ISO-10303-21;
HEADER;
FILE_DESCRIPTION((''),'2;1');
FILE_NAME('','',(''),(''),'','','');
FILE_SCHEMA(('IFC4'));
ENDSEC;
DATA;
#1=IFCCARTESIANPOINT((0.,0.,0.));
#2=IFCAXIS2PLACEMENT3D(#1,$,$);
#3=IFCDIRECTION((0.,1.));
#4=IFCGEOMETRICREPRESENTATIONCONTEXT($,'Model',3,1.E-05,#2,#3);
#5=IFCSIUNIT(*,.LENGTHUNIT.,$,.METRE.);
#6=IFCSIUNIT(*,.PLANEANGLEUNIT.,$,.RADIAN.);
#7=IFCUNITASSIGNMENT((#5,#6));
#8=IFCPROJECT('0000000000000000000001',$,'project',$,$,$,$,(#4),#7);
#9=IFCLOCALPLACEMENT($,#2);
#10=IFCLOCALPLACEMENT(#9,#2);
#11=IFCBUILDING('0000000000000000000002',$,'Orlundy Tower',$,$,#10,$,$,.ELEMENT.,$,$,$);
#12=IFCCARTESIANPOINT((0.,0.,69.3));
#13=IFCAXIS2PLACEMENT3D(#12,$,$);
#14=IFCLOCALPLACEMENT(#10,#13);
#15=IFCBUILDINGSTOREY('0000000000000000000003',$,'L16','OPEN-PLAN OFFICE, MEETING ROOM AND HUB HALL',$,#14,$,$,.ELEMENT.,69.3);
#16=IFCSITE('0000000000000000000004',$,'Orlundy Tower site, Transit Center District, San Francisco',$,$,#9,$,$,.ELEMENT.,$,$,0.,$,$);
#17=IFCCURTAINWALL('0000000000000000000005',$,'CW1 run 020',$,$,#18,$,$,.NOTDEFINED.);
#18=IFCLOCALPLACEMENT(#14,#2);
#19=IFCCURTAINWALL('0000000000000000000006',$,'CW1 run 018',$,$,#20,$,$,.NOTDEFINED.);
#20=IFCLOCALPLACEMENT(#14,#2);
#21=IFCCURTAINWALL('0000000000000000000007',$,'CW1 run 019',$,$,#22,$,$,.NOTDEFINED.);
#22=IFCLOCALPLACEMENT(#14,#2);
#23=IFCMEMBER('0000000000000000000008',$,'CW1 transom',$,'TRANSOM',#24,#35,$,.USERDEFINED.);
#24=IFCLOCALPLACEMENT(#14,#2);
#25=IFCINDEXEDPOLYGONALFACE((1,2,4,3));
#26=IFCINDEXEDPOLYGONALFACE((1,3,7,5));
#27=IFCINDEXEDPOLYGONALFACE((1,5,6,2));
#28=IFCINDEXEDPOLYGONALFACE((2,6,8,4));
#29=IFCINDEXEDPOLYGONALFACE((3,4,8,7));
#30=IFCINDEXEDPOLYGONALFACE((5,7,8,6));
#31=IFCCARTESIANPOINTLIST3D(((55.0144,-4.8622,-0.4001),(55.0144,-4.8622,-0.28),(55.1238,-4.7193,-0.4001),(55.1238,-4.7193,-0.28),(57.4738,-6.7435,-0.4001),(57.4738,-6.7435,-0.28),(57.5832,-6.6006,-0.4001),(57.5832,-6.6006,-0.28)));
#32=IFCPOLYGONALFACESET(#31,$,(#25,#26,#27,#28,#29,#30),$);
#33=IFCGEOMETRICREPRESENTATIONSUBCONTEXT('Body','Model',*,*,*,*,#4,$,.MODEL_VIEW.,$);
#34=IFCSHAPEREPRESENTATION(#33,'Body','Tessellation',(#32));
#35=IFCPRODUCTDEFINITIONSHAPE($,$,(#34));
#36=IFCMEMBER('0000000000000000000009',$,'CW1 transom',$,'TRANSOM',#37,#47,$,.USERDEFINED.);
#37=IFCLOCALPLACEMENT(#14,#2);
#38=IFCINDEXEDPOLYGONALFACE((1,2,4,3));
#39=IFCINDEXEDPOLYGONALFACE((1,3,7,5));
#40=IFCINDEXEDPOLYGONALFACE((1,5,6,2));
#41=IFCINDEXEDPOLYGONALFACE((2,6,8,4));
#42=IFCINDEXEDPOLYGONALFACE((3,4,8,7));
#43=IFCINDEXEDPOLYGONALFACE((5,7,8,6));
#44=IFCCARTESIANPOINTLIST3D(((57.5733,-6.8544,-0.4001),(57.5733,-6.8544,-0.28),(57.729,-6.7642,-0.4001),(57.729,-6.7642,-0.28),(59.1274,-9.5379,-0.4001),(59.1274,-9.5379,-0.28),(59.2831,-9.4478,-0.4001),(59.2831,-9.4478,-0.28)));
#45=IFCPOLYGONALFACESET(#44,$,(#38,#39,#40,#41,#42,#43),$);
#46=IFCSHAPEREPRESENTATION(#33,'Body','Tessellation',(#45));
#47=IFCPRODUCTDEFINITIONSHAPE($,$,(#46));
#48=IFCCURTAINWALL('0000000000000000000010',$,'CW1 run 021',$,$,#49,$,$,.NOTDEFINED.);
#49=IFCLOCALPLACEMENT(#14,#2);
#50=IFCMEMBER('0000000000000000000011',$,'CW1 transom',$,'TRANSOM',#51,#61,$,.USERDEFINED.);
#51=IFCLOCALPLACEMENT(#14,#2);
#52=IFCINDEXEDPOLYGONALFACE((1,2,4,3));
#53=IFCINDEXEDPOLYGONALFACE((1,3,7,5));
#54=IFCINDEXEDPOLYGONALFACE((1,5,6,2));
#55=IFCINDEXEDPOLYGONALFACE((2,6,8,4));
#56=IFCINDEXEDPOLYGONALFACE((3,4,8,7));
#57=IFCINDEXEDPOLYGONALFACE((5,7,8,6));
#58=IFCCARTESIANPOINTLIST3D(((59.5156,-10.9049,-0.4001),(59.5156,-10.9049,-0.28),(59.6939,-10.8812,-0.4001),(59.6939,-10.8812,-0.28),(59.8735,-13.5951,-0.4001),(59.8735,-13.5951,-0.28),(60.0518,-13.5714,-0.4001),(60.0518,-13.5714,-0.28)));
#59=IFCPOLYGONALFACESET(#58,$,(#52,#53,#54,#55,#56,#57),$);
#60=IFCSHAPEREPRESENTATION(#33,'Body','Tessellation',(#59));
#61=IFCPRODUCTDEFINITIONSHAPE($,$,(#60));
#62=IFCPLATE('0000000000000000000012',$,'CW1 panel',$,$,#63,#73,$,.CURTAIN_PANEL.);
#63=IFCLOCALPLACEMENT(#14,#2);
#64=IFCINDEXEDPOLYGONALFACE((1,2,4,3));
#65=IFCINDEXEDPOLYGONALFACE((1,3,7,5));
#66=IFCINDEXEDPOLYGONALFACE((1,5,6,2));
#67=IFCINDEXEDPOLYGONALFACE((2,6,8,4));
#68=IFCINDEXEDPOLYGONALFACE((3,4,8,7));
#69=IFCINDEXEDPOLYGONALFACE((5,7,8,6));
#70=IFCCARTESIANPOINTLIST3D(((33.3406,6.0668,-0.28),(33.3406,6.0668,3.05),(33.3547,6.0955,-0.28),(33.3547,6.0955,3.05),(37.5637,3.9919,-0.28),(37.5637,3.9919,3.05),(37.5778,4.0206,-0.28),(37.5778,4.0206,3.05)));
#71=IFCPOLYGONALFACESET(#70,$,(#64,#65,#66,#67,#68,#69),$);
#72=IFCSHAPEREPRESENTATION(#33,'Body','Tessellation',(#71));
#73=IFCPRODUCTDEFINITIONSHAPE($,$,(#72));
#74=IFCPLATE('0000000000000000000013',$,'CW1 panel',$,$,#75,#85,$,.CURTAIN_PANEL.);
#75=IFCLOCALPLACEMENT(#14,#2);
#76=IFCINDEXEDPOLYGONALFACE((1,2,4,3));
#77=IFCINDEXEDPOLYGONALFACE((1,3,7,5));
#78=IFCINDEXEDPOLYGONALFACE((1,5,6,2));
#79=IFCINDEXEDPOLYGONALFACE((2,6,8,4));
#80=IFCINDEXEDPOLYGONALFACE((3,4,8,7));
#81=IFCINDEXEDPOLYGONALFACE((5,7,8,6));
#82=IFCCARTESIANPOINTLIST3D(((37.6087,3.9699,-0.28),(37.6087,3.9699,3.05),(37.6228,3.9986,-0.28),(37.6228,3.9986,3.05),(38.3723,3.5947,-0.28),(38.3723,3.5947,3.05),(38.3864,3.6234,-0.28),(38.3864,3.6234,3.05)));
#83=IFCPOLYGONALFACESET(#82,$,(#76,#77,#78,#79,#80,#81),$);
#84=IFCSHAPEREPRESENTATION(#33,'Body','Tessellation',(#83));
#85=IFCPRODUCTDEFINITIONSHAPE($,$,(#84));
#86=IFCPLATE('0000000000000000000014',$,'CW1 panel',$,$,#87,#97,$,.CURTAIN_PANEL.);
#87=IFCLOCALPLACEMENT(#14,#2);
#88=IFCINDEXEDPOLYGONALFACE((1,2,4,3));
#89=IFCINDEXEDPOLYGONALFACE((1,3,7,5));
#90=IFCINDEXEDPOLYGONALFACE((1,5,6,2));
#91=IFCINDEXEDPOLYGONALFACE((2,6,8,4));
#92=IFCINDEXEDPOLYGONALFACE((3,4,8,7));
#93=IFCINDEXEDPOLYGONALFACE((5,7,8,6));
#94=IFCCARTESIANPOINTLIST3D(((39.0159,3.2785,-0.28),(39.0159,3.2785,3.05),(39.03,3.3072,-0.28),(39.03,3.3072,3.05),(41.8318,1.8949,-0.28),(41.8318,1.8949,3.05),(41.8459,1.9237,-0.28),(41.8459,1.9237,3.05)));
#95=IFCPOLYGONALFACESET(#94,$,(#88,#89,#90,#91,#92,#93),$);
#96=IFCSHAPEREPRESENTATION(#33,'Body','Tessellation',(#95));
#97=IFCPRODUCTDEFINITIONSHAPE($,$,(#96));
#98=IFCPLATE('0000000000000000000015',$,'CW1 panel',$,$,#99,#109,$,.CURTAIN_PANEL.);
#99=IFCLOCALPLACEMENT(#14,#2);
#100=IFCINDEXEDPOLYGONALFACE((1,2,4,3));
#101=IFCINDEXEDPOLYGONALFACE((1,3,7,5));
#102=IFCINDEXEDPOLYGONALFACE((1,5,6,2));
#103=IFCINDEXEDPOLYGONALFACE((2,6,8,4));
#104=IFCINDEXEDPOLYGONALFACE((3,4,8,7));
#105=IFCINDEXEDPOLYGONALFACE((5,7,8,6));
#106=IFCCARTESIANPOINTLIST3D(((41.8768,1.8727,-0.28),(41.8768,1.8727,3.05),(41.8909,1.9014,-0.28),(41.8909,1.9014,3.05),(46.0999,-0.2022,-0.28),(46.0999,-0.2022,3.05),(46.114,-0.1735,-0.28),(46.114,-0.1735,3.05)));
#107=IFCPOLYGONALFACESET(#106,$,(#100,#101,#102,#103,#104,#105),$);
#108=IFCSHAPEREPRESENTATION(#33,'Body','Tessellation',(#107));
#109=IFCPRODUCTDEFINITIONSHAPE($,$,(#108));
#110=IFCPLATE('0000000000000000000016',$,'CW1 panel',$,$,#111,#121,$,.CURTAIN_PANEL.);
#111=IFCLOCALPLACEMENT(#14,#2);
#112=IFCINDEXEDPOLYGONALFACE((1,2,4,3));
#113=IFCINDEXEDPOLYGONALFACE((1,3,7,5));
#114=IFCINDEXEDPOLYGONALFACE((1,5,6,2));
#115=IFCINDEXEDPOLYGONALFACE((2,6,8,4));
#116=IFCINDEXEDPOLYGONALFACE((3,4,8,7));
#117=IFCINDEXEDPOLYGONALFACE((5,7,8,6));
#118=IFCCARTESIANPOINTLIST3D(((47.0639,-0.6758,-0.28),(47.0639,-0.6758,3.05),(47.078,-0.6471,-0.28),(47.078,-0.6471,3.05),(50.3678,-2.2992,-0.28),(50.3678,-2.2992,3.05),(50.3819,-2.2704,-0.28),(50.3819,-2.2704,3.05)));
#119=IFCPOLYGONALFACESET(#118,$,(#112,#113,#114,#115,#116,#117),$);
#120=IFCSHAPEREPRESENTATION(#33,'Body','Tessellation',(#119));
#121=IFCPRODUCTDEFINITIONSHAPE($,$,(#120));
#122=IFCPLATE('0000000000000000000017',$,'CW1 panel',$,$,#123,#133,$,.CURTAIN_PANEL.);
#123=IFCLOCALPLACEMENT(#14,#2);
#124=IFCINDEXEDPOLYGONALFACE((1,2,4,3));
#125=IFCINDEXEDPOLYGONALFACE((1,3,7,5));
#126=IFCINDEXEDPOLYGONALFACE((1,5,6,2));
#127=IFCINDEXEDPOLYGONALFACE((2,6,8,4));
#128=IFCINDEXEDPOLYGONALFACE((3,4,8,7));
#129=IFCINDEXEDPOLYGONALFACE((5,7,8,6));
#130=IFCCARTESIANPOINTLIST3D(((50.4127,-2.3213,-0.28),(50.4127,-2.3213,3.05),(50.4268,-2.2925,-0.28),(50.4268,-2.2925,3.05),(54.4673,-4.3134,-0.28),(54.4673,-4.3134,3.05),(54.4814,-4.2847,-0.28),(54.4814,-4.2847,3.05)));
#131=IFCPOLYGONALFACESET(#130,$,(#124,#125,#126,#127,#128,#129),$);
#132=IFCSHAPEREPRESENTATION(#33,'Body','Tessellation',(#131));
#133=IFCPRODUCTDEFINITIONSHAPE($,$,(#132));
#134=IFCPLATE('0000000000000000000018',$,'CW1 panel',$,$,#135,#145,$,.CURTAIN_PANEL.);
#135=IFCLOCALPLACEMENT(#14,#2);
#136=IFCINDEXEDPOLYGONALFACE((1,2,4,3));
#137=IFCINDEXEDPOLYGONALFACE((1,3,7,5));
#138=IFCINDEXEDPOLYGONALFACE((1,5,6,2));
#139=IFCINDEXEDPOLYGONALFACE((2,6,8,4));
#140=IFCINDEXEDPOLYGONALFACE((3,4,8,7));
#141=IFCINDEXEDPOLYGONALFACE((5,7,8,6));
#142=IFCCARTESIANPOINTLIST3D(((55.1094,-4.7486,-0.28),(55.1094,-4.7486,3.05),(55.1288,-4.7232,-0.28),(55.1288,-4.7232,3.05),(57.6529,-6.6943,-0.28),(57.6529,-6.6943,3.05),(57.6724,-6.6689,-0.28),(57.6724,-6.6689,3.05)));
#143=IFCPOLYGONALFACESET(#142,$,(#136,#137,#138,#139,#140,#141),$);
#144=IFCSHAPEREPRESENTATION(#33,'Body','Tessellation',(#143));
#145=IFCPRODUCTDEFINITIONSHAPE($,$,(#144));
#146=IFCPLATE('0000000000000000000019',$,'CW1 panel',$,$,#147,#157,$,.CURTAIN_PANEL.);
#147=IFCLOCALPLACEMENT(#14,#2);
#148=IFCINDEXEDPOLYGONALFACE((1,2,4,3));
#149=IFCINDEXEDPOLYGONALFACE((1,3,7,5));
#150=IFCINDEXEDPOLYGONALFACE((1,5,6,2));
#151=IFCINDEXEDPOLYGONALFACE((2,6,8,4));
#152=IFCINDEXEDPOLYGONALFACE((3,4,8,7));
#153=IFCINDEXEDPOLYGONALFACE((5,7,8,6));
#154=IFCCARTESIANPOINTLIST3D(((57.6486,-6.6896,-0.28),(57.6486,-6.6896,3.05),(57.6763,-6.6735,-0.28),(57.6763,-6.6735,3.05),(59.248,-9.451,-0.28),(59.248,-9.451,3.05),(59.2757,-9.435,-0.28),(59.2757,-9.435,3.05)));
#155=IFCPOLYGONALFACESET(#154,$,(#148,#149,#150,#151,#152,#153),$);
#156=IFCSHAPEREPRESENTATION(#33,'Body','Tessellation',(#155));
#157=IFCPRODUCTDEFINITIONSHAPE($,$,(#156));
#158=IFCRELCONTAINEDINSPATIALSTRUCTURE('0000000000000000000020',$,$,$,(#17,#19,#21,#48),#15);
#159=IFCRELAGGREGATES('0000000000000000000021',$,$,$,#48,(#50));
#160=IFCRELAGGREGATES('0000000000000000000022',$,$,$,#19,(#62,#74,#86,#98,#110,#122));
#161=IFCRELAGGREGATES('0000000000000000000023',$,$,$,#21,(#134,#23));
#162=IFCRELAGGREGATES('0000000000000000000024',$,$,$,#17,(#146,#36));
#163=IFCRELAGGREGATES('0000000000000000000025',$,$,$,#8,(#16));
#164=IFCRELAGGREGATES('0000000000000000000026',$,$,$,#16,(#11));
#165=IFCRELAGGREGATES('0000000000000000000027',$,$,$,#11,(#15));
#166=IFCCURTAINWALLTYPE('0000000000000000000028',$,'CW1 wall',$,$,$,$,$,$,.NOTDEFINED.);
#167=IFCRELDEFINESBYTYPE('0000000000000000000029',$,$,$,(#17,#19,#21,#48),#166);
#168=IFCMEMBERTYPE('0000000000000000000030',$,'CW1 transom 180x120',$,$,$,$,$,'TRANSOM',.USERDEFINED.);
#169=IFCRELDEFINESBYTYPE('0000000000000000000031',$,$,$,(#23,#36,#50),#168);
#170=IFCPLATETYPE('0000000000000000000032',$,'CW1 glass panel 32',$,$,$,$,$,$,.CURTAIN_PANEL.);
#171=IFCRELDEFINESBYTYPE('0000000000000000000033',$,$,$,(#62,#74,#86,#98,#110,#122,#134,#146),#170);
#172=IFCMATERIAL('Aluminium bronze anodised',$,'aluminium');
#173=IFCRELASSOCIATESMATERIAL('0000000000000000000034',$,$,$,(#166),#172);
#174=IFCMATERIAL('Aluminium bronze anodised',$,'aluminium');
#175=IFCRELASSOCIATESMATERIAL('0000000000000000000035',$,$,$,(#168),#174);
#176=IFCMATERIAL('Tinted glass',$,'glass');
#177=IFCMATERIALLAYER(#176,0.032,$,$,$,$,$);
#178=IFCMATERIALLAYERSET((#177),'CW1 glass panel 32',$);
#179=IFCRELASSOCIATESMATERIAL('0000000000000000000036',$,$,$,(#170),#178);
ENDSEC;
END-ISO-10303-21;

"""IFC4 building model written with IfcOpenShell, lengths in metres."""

from ifc_helpers import new_model, si_unit, direction, frame, origin, origin_2d, place, context, subcontext, project, spatial, rectangle, extrude, material, layer, layer_set, material_profile, profile_set, type_object, element, aggregate, save


model = new_model("IFC4")

# Units and contexts
model_context = context("Model", 3, precision=1e-05, world=origin(), true_north=direction((0.0, 1.0)))
body_context = subcontext(model_context, "Body", "Model", "MODEL_VIEW")
ifc_project = project(units=[si_unit("LENGTHUNIT", "METRE"), si_unit("PLANEANGLEUNIT", "RADIAN")], contexts=[model_context])

# Site, building, storey
site_placement = place(None, origin())
site = spatial("IfcSite", under=ifc_project, at=site_placement, Name="Orlundy Tower site, Transit Center District, San Francisco", CompositionType="ELEMENT", RefElevation=0.0)
building_placement = place(site_placement, origin())
building = spatial("IfcBuilding", under=site, at=building_placement, Name="Orlundy Tower", CompositionType="ELEMENT")
storey_placement = place(building_placement, frame((0.0, 0.0, 69.3)))
storey = spatial("IfcBuildingStorey", under=building, at=storey_placement, Name="L16", Description="OPEN-PLAN OFFICE, MEETING ROOM AND HUB HALL", CompositionType="ELEMENT", Elevation=69.3)

# Curtain wall
ifc_material_1 = material(Name="Aluminium bronze anodised", Category="aluminium")
curtain_wall_type = type_object("IfcCurtainWallType", Name="CW1 wall", PredefinedType="NOTDEFINED", material=ifc_material_1)
curtain_wall_1_placement = place(storey_placement, origin())
curtain_wall_1 = element("IfcCurtainWall", 1, at=curtain_wall_1_placement, inside=storey, type_object=curtain_wall_type, Name="CW1 run 020", PredefinedType="NOTDEFINED")

# Curtain wall
curtain_wall_2_placement = place(storey_placement, origin())
curtain_wall_2 = element("IfcCurtainWall", 2, at=curtain_wall_2_placement, inside=storey, type_object=curtain_wall_type, Name="CW1 run 018", PredefinedType="NOTDEFINED")
ifc_material_2 = material(Name="Aluminium bronze anodised", Category="aluminium")
ifc_material_profile_1 = material_profile(ifc_material_2, rectangle(XDim=0.1799, YDim=0.1201, at=origin_2d()), Name="CW1 transom 180x120")
ifc_profile_set_1 = profile_set([ifc_material_profile_1], Name="Aluminium bronze anodised")
member_type_1 = type_object("IfcMemberType", Name="CW1 transom 180x120", ElementType="TRANSOM", PredefinedType="USERDEFINED", material=ifc_profile_set_1)

# Curtain wall, member
curtain_wall_3_placement = place(storey_placement, origin())
curtain_wall_3 = element("IfcCurtainWall", 3, at=curtain_wall_3_placement, inside=storey, type_object=curtain_wall_type, Name="CW1 run 019", PredefinedType="NOTDEFINED")
member_1_placement = place(storey_placement, frame((55.0691, -4.7908, -0.3401), z_axis=(0.794268, -0.607567, 0.0), x_axis=(0.607567, 0.794268, 0.0)))
member_1 = element("IfcMember", 4, at=member_1_placement, type_object=member_type_1, Name="CW1 transom", ObjectType="TRANSOM", PredefinedType="USERDEFINED", context=body_context, shape_type="SweptSolid", body=[
    extrude(rectangle(XDim=0.1799, YDim=0.1201, at=origin_2d()), origin(), (0.0, 0.0, 1.0), 3.0964),
])

# Member
member_2_placement = place(storey_placement, frame((57.6511, -6.8093, -0.3401), z_axis=(0.501167, -0.865351, 0.0), x_axis=(0.865351, 0.501167, 0.0)))
member_2 = element("IfcMember", 5, at=member_2_placement, type_object=member_type_1, Name="CW1 transom", ObjectType="TRANSOM", PredefinedType="USERDEFINED", context=body_context, shape_type="SweptSolid", body=[
    extrude(rectangle(XDim=0.1799, YDim=0.1201, at=origin_2d()), origin(), (0.0, 0.0, 1.0), 3.1011),
])

# Curtain wall, member
curtain_wall_4_placement = place(storey_placement, origin())
curtain_wall_4 = element("IfcCurtainWall", 6, at=curtain_wall_4_placement, inside=storey, type_object=curtain_wall_type, Name="CW1 run 021", PredefinedType="NOTDEFINED")
member_3_placement = place(storey_placement, frame((59.6047, -10.8931, -0.3401), z_axis=(0.131881, -0.991266, 0.0), x_axis=(0.991266, 0.131881, 0.0)))
member_3 = element("IfcMember", 7, at=member_3_placement, type_object=member_type_1, Name="CW1 transom", ObjectType="TRANSOM", PredefinedType="USERDEFINED", context=body_context, shape_type="SweptSolid", body=[
    extrude(rectangle(XDim=0.1799, YDim=0.1201, at=origin_2d()), origin(), (0.0, 0.0, 1.0), 2.7139),
])
aggregate(curtain_wall_4, [member_3])

# Plates
ifc_material_3 = material(Name="Tinted glass", Category="glass")
ifc_layer_1 = layer(ifc_material_3, 0.032)
ifc_layer_set_1 = layer_set([ifc_layer_1], Name="CW1 glass panel 32")
plate_type = type_object("IfcPlateType", Name="CW1 glass panel 32", PredefinedType="CURTAIN_PANEL", material=ifc_layer_set_1)
plate_1_placement = place(storey_placement, frame((35.4592, 5.0437, -0.28), z_axis=(0.0, 0.0, 1.0), x_axis=(0.897518, -0.440978, 0.0)))
plate_1 = element("IfcPlate", 8, at=plate_1_placement, type_object=plate_type, Name="CW1 panel", PredefinedType="CURTAIN_PANEL", context=body_context, shape_type="SweptSolid", body=[
    extrude(rectangle(XDim=4.7053, YDim=0.032, at=origin_2d()), origin(), (0.0, 0.0, 1.0), 3.3301),
])
plate_2_placement = place(storey_placement, frame((37.9976, 3.7966, -0.28), z_axis=(0.0, 0.0, 1.0), x_axis=(0.897518, -0.440978, 0.0)))
plate_2 = element("IfcPlate", 9, at=plate_2_placement, type_object=plate_type, Name="CW1 panel", PredefinedType="CURTAIN_PANEL", context=body_context, shape_type="SweptSolid", body=[
    extrude(rectangle(XDim=0.8508, YDim=0.032, at=origin_2d()), origin(), (0.0, 0.0, 1.0), 3.3301),
])
plate_3_placement = place(storey_placement, frame((40.4309, 2.6011, -0.28), z_axis=(0.0, 0.0, 1.0), x_axis=(0.897518, -0.440978, 0.0)))
plate_3 = element("IfcPlate", 10, at=plate_3_placement, type_object=plate_type, Name="CW1 panel", PredefinedType="CURTAIN_PANEL", context=body_context, shape_type="SweptSolid", body=[
    extrude(rectangle(XDim=3.1375, YDim=0.032, at=origin_2d()), origin(), (0.0, 0.0, 1.0), 3.3301),
])
plate_4_placement = place(storey_placement, frame((43.9954, 0.8496, -0.28), z_axis=(0.0, 0.0, 1.0), x_axis=(0.897518, -0.440978, 0.0)))
plate_4 = element("IfcPlate", 11, at=plate_4_placement, type_object=plate_type, Name="CW1 panel", PredefinedType="CURTAIN_PANEL", context=body_context, shape_type="SweptSolid", body=[
    extrude(rectangle(XDim=4.7053, YDim=0.032, at=origin_2d()), origin(), (0.0, 0.0, 1.0), 3.3301),
])
plate_5_placement = place(storey_placement, frame((48.7229, -1.4731, -0.28), z_axis=(0.0, 0.0, 1.0), x_axis=(0.897518, -0.440978, 0.0)))
plate_5 = element("IfcPlate", 12, at=plate_5_placement, type_object=plate_type, Name="CW1 panel", PredefinedType="CURTAIN_PANEL", context=body_context, shape_type="SweptSolid", body=[
    extrude(rectangle(XDim=3.6812, YDim=0.032, at=origin_2d()), origin(), (0.0, 0.0, 1.0), 3.3301),
])
plate_6_placement = place(storey_placement, frame((52.447, -3.303, -0.28), z_axis=(0.0, 0.0, 1.0), x_axis=(0.897518, -0.440978, 0.0)))
plate_6 = element("IfcPlate", 13, at=plate_6_placement, type_object=plate_type, Name="CW1 panel", PredefinedType="CURTAIN_PANEL", context=body_context, shape_type="SweptSolid", body=[
    extrude(rectangle(XDim=4.5176, YDim=0.032, at=origin_2d()), origin(), (0.0, 0.0, 1.0), 3.3301),
])
aggregate(curtain_wall_2, [plate_1, plate_2, plate_3, plate_4, plate_5, plate_6])
plate_7_placement = place(storey_placement, frame((56.3909, -5.7087, -0.28), z_axis=(0.0, 0.0, 1.0), x_axis=(0.794266, -0.60757, 0.0)))
plate_7 = element("IfcPlate", 14, at=plate_7_placement, type_object=plate_type, Name="CW1 panel", PredefinedType="CURTAIN_PANEL", context=body_context, shape_type="SweptSolid", body=[
    extrude(rectangle(XDim=3.2024, YDim=0.032, at=origin_2d()), origin(), (0.0, 0.0, 1.0), 3.3301),
])
aggregate(curtain_wall_3, [plate_7, member_1])
plate_8_placement = place(storey_placement, frame((58.4622, -8.0623, -0.28), z_axis=(0.0, 0.0, 1.0), x_axis=(0.501185, -0.86534, 0.0)))
plate_8 = element("IfcPlate", 15, at=plate_8_placement, type_object=plate_type, Name="CW1 panel", PredefinedType="CURTAIN_PANEL", context=body_context, shape_type="SweptSolid", body=[
    extrude(rectangle(XDim=3.1912, YDim=0.032, at=origin_2d()), origin(), (0.0, 0.0, 1.0), 3.3301),
])
aggregate(curtain_wall_1, [plate_8, member_2])

save(model, "model.ifc")
